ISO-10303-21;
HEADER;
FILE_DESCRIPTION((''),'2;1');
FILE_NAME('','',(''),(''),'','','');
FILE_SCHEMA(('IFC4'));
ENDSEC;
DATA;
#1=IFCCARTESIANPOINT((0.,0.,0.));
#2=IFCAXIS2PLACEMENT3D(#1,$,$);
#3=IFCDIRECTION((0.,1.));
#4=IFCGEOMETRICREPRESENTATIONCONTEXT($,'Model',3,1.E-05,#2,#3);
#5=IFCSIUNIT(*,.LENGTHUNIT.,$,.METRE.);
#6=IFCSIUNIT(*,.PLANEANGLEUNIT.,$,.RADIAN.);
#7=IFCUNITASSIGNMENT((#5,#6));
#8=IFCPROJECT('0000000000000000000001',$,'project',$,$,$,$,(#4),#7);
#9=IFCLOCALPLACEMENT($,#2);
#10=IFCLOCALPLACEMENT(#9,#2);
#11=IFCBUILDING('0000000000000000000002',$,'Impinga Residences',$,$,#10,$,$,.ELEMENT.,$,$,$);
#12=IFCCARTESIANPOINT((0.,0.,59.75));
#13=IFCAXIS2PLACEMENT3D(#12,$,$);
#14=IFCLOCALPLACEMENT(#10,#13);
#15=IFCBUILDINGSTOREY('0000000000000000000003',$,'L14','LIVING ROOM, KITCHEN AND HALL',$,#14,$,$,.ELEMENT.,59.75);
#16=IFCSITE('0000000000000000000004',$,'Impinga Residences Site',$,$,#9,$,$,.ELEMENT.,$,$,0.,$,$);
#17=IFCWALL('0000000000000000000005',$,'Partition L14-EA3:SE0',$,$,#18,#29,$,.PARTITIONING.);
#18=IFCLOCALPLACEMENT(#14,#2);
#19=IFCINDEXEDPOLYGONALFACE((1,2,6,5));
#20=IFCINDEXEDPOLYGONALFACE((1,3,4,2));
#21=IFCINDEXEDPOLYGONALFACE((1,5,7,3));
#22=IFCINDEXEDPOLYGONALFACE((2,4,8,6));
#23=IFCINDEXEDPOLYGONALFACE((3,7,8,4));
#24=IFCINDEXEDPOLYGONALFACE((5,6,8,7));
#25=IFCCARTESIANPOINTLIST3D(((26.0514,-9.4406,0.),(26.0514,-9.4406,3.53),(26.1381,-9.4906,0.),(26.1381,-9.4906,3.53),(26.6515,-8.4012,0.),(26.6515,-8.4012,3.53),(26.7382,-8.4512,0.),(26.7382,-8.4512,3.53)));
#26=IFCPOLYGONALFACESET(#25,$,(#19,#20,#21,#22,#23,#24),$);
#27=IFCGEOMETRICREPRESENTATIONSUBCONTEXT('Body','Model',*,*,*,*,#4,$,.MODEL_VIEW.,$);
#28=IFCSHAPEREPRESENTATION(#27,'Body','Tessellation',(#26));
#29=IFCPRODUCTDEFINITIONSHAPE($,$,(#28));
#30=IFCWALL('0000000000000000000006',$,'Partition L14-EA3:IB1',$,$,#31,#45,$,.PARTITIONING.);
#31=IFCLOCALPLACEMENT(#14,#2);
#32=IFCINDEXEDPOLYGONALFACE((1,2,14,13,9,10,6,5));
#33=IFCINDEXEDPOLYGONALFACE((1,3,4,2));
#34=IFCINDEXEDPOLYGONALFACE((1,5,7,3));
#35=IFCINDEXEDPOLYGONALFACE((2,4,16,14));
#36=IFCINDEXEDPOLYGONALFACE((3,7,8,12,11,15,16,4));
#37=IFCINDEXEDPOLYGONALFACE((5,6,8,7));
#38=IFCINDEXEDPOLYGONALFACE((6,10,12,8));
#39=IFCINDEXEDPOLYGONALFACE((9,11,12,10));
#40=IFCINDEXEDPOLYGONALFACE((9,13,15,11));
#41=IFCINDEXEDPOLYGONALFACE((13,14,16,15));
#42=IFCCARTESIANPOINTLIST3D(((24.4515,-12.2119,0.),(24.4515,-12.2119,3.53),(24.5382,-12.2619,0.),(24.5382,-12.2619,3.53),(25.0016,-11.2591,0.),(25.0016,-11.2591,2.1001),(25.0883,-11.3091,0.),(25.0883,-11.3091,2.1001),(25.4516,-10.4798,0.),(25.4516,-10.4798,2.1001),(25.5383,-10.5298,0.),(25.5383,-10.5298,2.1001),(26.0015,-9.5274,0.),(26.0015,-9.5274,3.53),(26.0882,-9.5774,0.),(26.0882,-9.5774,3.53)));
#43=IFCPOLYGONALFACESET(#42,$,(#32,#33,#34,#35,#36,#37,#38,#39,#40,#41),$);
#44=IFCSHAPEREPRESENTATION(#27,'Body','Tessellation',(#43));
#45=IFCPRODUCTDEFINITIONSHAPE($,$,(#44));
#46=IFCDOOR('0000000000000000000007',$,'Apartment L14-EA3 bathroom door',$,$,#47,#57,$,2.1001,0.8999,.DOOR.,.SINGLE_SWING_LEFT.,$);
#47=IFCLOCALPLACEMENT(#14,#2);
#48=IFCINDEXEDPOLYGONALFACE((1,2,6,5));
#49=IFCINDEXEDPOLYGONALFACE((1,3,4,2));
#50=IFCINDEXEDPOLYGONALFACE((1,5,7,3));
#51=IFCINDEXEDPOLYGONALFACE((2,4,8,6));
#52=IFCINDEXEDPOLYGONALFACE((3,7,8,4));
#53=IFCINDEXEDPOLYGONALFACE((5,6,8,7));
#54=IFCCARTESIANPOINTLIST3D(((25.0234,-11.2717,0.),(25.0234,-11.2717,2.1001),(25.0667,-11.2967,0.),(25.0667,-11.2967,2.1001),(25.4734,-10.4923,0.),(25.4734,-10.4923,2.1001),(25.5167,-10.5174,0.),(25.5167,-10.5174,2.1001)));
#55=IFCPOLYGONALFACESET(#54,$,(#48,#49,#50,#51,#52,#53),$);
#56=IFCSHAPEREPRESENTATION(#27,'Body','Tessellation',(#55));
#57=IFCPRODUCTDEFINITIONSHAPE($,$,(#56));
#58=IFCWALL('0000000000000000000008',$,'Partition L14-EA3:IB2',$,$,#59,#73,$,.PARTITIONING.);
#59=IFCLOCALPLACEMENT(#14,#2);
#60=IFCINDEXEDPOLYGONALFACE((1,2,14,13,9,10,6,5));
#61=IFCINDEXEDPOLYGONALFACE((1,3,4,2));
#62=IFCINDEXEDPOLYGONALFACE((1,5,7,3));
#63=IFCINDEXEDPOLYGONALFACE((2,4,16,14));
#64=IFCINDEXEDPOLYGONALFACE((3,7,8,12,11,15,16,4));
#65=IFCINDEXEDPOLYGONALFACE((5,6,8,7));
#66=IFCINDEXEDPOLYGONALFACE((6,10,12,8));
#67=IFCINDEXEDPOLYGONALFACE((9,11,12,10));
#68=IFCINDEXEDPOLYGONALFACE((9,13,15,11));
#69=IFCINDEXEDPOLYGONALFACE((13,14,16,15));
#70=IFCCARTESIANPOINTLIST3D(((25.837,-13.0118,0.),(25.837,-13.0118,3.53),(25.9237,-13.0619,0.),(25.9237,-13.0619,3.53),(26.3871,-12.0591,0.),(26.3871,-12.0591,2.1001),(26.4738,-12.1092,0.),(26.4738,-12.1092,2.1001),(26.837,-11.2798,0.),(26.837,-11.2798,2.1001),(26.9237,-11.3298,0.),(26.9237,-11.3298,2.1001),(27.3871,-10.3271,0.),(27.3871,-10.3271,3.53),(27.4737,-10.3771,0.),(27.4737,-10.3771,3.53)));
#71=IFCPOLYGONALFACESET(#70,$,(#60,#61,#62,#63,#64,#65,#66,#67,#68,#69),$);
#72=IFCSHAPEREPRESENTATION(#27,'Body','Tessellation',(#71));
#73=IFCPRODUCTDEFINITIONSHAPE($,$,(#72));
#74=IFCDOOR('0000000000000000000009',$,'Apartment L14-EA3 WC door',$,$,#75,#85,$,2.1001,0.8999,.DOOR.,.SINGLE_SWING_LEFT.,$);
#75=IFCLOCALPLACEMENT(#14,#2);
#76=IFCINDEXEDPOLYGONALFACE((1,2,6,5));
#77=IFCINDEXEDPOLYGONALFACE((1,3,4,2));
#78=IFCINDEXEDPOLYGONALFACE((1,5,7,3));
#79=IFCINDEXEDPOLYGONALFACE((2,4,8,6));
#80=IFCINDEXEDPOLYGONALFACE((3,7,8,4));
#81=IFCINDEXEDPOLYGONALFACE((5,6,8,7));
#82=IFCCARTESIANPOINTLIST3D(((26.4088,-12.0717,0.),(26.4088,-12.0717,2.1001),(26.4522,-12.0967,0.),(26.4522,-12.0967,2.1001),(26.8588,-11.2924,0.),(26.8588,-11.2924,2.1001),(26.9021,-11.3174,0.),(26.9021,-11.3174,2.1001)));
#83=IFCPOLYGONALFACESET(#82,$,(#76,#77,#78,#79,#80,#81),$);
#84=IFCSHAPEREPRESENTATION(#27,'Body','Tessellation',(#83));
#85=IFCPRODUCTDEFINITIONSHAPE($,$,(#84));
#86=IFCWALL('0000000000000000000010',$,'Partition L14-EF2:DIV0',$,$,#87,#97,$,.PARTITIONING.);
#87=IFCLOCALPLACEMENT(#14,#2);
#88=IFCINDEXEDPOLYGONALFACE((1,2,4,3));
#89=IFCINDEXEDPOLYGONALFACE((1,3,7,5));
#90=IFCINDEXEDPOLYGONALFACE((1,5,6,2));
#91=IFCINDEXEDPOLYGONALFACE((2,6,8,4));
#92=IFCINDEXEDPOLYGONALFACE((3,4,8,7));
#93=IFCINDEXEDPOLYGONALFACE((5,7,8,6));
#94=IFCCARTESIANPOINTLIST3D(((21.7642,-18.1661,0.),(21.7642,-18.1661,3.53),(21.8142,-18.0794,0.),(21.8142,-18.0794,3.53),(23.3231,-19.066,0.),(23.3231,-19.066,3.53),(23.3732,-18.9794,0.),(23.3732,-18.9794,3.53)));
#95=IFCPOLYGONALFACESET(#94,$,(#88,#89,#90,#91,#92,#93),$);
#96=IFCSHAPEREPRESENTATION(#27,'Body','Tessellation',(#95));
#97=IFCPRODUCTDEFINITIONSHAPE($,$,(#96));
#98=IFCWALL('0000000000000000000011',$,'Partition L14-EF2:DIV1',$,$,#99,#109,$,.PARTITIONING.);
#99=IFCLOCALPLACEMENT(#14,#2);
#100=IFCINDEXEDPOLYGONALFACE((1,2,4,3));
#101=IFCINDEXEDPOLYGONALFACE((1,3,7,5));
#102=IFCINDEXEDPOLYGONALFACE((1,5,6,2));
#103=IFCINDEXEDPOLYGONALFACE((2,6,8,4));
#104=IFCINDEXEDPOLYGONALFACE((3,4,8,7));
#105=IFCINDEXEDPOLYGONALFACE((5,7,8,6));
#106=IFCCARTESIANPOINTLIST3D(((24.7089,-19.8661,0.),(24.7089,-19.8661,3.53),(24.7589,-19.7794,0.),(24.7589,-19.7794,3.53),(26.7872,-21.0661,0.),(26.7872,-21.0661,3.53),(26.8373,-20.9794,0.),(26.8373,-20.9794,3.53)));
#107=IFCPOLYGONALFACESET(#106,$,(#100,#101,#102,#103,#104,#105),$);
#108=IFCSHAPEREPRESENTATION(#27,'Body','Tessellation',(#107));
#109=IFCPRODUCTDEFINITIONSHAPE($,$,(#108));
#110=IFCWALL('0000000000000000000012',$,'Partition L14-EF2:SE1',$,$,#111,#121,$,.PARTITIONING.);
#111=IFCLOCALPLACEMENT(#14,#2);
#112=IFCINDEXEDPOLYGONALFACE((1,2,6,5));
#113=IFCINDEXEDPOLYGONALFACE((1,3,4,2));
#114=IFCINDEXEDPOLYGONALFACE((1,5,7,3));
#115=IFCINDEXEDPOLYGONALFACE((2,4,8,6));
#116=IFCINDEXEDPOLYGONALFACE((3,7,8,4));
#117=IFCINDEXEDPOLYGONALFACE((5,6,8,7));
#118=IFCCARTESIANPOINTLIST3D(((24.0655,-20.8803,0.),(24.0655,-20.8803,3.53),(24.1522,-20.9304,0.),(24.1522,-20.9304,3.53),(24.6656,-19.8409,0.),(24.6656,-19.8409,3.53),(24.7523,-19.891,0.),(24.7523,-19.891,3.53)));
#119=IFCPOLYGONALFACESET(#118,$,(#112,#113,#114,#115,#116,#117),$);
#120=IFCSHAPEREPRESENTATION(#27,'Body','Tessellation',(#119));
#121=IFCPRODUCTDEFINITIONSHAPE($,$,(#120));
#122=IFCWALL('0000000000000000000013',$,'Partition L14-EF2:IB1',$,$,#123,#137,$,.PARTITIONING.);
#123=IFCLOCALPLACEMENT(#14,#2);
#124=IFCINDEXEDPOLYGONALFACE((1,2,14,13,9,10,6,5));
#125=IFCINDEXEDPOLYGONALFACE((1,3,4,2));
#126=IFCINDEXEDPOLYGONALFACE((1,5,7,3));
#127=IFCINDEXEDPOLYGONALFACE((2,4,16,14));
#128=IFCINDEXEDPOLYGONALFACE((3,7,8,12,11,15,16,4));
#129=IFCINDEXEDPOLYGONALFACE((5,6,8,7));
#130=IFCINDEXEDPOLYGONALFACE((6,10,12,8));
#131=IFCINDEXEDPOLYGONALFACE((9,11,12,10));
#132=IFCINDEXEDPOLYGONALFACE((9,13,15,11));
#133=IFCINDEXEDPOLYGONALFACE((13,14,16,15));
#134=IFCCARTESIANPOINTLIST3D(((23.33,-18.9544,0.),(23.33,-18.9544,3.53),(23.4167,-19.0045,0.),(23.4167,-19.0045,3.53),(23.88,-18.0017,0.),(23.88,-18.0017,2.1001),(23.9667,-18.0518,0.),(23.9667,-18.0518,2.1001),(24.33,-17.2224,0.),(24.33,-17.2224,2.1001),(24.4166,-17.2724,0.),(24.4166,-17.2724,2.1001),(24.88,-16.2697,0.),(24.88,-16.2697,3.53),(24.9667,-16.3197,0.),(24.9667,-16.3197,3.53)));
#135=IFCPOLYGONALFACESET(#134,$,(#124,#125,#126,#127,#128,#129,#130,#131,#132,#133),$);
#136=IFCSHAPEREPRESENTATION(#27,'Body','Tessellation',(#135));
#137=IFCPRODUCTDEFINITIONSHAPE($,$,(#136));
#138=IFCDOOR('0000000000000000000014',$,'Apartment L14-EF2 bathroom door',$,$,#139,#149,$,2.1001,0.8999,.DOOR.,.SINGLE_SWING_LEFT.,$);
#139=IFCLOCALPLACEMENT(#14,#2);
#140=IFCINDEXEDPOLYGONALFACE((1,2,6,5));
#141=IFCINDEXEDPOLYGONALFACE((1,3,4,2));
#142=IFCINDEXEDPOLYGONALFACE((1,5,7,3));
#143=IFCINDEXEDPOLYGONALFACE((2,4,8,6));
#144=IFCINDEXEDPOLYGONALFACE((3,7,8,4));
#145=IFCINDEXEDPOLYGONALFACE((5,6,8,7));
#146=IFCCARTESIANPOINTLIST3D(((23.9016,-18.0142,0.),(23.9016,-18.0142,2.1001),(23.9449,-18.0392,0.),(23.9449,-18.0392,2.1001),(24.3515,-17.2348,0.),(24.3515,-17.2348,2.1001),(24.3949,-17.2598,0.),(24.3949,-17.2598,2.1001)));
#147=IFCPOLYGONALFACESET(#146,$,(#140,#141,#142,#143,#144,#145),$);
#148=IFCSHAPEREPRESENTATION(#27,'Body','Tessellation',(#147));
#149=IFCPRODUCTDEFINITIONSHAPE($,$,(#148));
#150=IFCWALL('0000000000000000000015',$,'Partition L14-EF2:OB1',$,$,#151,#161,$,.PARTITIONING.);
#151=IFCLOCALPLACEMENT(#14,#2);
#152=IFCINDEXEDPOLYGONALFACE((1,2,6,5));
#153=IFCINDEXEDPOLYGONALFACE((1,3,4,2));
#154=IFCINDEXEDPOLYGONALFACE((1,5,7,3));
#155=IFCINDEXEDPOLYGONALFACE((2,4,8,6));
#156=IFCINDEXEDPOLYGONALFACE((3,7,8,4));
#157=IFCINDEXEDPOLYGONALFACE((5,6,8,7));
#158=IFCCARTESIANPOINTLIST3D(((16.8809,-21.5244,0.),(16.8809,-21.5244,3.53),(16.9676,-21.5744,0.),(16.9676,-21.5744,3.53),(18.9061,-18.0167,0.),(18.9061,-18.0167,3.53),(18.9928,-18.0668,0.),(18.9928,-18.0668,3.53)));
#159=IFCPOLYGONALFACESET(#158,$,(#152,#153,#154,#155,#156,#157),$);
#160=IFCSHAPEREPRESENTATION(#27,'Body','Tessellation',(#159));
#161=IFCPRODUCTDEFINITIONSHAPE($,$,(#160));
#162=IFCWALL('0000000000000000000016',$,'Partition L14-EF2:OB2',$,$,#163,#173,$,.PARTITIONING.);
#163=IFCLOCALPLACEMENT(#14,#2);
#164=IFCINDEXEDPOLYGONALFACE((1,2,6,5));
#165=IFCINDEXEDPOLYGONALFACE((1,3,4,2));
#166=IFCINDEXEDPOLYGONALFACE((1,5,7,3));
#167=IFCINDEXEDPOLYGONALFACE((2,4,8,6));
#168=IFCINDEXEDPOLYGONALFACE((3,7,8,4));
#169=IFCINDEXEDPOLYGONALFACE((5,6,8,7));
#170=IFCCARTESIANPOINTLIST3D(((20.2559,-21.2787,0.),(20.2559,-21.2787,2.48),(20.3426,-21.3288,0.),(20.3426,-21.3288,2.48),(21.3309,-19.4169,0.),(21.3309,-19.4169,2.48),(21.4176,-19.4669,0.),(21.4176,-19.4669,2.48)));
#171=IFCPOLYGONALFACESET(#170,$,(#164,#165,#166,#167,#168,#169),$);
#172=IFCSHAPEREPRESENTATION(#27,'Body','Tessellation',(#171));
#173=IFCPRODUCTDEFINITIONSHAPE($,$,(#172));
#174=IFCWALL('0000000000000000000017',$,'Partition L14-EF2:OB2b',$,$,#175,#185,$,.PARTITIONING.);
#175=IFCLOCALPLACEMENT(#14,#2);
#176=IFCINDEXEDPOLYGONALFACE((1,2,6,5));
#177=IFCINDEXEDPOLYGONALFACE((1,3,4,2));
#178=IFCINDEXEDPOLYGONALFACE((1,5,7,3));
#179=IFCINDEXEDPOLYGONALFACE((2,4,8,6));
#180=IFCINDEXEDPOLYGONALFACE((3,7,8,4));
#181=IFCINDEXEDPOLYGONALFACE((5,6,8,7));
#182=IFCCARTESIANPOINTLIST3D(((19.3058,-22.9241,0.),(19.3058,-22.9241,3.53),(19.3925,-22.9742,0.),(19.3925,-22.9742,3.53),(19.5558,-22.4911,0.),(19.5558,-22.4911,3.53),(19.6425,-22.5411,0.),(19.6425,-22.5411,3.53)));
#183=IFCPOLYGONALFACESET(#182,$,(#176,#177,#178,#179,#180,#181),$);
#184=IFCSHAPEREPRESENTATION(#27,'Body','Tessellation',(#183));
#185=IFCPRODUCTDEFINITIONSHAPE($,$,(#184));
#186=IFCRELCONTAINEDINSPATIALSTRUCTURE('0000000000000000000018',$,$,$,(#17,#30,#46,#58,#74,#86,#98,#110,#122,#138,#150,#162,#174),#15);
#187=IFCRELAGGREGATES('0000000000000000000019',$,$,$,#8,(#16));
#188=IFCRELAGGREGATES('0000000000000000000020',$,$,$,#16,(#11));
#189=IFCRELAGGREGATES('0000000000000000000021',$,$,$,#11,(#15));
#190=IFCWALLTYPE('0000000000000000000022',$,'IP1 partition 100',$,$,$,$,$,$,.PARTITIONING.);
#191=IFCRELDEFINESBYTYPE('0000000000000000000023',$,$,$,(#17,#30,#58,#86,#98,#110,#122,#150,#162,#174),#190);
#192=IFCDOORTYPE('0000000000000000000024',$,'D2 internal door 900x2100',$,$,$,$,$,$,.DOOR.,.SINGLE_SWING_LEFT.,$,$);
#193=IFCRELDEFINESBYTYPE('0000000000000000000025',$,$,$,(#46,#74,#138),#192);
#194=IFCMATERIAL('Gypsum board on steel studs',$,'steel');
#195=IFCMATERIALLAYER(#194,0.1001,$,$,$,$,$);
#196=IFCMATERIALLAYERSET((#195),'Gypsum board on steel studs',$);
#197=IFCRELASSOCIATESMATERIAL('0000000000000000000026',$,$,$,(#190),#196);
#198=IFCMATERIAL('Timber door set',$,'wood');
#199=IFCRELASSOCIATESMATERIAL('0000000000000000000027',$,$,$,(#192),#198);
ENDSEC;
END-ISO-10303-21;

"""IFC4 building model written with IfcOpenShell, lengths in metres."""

from ifc_helpers import new_model, si_unit, direction, frame, frame_2d, origin, place, context, subcontext, project, spatial, rectangle, extrude, material, layer, layer_set, type_object, element, fill, save


model = new_model("IFC4")

# Units and contexts
model_context = context("Model", 3, precision=1e-05, world=origin(), true_north=direction((0.0, 1.0)))
body_context = subcontext(model_context, "Body", "Model", "MODEL_VIEW")
ifc_project = project(units=[si_unit("LENGTHUNIT", "METRE"), si_unit("PLANEANGLEUNIT", "RADIAN")], contexts=[model_context])

# Site, building, storey
site_placement = place(None, origin())
site = spatial("IfcSite", under=ifc_project, at=site_placement, Name="Impinga Residences Site", CompositionType="ELEMENT", RefElevation=0.0)
building_placement = place(site_placement, origin())
building = spatial("IfcBuilding", under=site, at=building_placement, Name="Impinga Residences", CompositionType="ELEMENT")
storey_placement = place(building_placement, frame((0.0, 0.0, 59.75)))
storey = spatial("IfcBuildingStorey", under=building, at=storey_placement, Name="L14", Description="LIVING ROOM, KITCHEN AND HALL", CompositionType="ELEMENT", Elevation=59.75)

# Shared definitions
ifc_material_1 = material(Name="Gypsum board on steel studs", Category="steel")
ifc_layer_1 = layer(ifc_material_1, 0.1001)
ifc_layer_set_1 = layer_set([ifc_layer_1], Name="Gypsum board on steel studs")
wall_type_1 = type_object("IfcWallType", Name="IP1 partition 100", PredefinedType="PARTITIONING", material=ifc_layer_set_1)

# Shared definitions
ifc_material_2 = material(Name="Timber door set", Category="wood")
door_type = type_object("IfcDoorType", Name="D2 internal door 900x2100", OperationType="SINGLE_SWING_LEFT", PredefinedType="DOOR", material=ifc_material_2)

# Wall
wall_1_placement = place(storey_placement, frame((26.0947, -9.4656, 0.0), z_axis=(0.0, 0.0, 1.0), x_axis=(0.500034, 0.866006, 0.0)))
element("IfcWall", 1, at=wall_1_placement, inside=storey, type_object=wall_type_1, Name="Partition L14-EA3:SE0", PredefinedType="PARTITIONING", context=body_context, shape_type="SweptSolid", body=[
    extrude(rectangle(XDim=1.2002, YDim=0.1001, at=frame_2d((0.6001, 0.0))), origin(), (0.0, 0.0, 1.0), 3.53),
])

# Walls, openings, doors
wall_2_placement = place(storey_placement, frame((24.4949, -12.2368, 0.0), z_axis=(0.0, 0.0, 1.0), x_axis=(0.500027, 0.86601, 0.0)))
wall_2 = element("IfcWall", 2, at=wall_2_placement, inside=storey, type_object=wall_type_1, Name="Partition L14-EA3:IB1", PredefinedType="PARTITIONING", context=body_context, shape_type="SweptSolid", body=[
    extrude(rectangle(XDim=3.0999, YDim=0.1001, at=frame_2d((1.5498, 0.0))), origin(), (0.0, 0.0, 1.0), 3.53),
])
opening_1_placement = place(wall_2_placement, frame((1.1001, 0.0, 0.0)))
opening_1 = element("IfcOpeningElement", 3, at=opening_1_placement, cuts=wall_2, PredefinedType="OPENING", context=body_context, shape_type="SweptSolid", body=[
    extrude(rectangle(XDim=0.8999, YDim=2.1001, at=frame_2d((0.45, 1.05))), frame((0.0, 0.0601, 0.0), z_axis=(0.0, -1.0, 0.0), x_axis=(1.0, 0.0, 0.0)), (0.0, 0.0, 1.0), 0.1201),
])
door_1_placement = place(opening_1_placement, origin())
door_1 = element("IfcDoor", 4, at=door_1_placement, inside=storey, type_object=door_type, Name="Apartment L14-EA3 bathroom door", OperationType="SINGLE_SWING_LEFT", OverallHeight=2.1001, OverallWidth=0.8999, PredefinedType="DOOR", context=body_context, shape_type="SweptSolid", body=[
    extrude(rectangle(XDim=0.8999, YDim=2.1001, at=frame_2d((0.45, 1.05))), frame((0.0, 0.0249, 0.0), z_axis=(0.0, -1.0, 0.0), x_axis=(1.0, 0.0, 0.0)), (0.0, 0.0, 1.0), 0.05),
])
fill(opening_1, door_1)
wall_3_placement = place(storey_placement, frame((25.8804, -13.0369, 0.0), z_axis=(0.0, 0.0, 1.0), x_axis=(0.499993, 0.86603, 0.0)))
wall_3 = element("IfcWall", 5, at=wall_3_placement, inside=storey, type_object=wall_type_1, Name="Partition L14-EA3:IB2", PredefinedType="PARTITIONING", context=body_context, shape_type="SweptSolid", body=[
    extrude(rectangle(XDim=3.1001, YDim=0.1001, at=frame_2d((1.55, 0.0))), origin(), (0.0, 0.0, 1.0), 3.53),
])
opening_2_placement = place(wall_3_placement, frame((1.1001, 0.0, 0.0)))
opening_2 = element("IfcOpeningElement", 6, at=opening_2_placement, cuts=wall_3, PredefinedType="OPENING", context=body_context, shape_type="SweptSolid", body=[
    extrude(rectangle(XDim=0.8999, YDim=2.1001, at=frame_2d((0.45, 1.05))), frame((0.0, 0.0601, 0.0), z_axis=(0.0, -1.0, 0.0), x_axis=(1.0, 0.0, 0.0)), (0.0, 0.0, 1.0), 0.1201),
])
door_2_placement = place(opening_2_placement, origin())
door_2 = element("IfcDoor", 7, at=door_2_placement, inside=storey, type_object=door_type, Name="Apartment L14-EA3 WC door", OperationType="SINGLE_SWING_LEFT", OverallHeight=2.1001, OverallWidth=0.8999, PredefinedType="DOOR", context=body_context, shape_type="SweptSolid", body=[
    extrude(rectangle(XDim=0.8999, YDim=2.1001, at=frame_2d((0.45, 1.05))), frame((0.0, 0.0249, 0.0), z_axis=(0.0, -1.0, 0.0), x_axis=(1.0, 0.0, 0.0)), (0.0, 0.0, 1.0), 0.05),
])
fill(opening_2, door_2)

# Walls
wall_4_placement = place(storey_placement, frame((21.7893, -18.1228, 0.0), z_axis=(0.0, 0.0, 1.0), x_axis=(0.866048, -0.499961, 0.0)))
element("IfcWall", 8, at=wall_4_placement, inside=storey, type_object=wall_type_1, Name="Partition L14-EF2:DIV0", PredefinedType="PARTITIONING", context=body_context, shape_type="SweptSolid", body=[
    extrude(rectangle(XDim=1.8, YDim=0.1001, at=frame_2d((0.8999, 0.0))), origin(), (0.0, 0.0, 1.0), 3.53),
])
wall_5_placement = place(storey_placement, frame((24.7339, -19.8228, 0.0), z_axis=(0.0, 0.0, 1.0), x_axis=(0.866025, -0.500001, 0.0)))
element("IfcWall", 9, at=wall_5_placement, inside=storey, type_object=wall_type_1, Name="Partition L14-EF2:DIV1", PredefinedType="PARTITIONING", context=body_context, shape_type="SweptSolid", body=[
    extrude(rectangle(XDim=2.3999, YDim=0.1001, at=frame_2d((1.2, 0.0))), origin(), (0.0, 0.0, 1.0), 3.53),
])
wall_6_placement = place(storey_placement, frame((24.709, -19.866, 0.0), z_axis=(0.0, 0.0, 1.0), x_axis=(-0.500034, -0.866006, 0.0)))
element("IfcWall", 10, at=wall_6_placement, inside=storey, type_object=wall_type_1, Name="Partition L14-EF2:SE1", PredefinedType="PARTITIONING", context=body_context, shape_type="SweptSolid", body=[
    extrude(rectangle(XDim=1.2002, YDim=0.1001, at=frame_2d((0.6001, 0.0))), origin(), (0.0, 0.0, 1.0), 3.53),
])

# Wall, opening, door
wall_7_placement = place(storey_placement, frame((24.9233, -16.2947, 0.0), z_axis=(0.0, 0.0, 1.0), x_axis=(-0.499993, -0.86603, 0.0)))
wall_7 = element("IfcWall", 11, at=wall_7_placement, inside=storey, type_object=wall_type_1, Name="Partition L14-EF2:IB1", PredefinedType="PARTITIONING", context=body_context, shape_type="SweptSolid", body=[
    extrude(rectangle(XDim=3.1001, YDim=0.1001, at=frame_2d((1.55, 0.0))), origin(), (0.0, 0.0, 1.0), 3.53),
])
opening_3_placement = place(wall_7_placement, frame((1.1001, 0.0, 0.0)))
opening_3 = element("IfcOpeningElement", 12, at=opening_3_placement, cuts=wall_7, PredefinedType="OPENING", context=body_context, shape_type="SweptSolid", body=[
    extrude(rectangle(XDim=0.8999, YDim=2.1001, at=frame_2d((0.45, 1.05))), frame((0.0, 0.0601, 0.0), z_axis=(0.0, -1.0, 0.0), x_axis=(1.0, 0.0, 0.0)), (0.0, 0.0, 1.0), 0.1201),
])
door_3_placement = place(opening_3_placement, origin())
door_3 = element("IfcDoor", 13, at=door_3_placement, inside=storey, type_object=door_type, Name="Apartment L14-EF2 bathroom door", OperationType="SINGLE_SWING_LEFT", OverallHeight=2.1001, OverallWidth=0.8999, PredefinedType="DOOR", context=body_context, shape_type="SweptSolid", body=[
    extrude(rectangle(XDim=0.8999, YDim=2.1001, at=frame_2d((0.45, 1.05))), frame((0.0, 0.0249, 0.0), z_axis=(0.0, -1.0, 0.0), x_axis=(1.0, 0.0, 0.0)), (0.0, 0.0, 1.0), 0.05),
])
fill(opening_3, door_3)

# Walls
wall_8_placement = place(storey_placement, frame((18.9495, -18.0417, 0.0), z_axis=(0.0, 0.0, 1.0), x_axis=(-0.500009, -0.86602, 0.0)))
element("IfcWall", 14, at=wall_8_placement, inside=storey, type_object=wall_type_1, Name="Partition L14-EF2:OB1", PredefinedType="PARTITIONING", context=body_context, shape_type="SweptSolid", body=[
    extrude(rectangle(XDim=4.0503, YDim=0.1001, at=frame_2d((2.0251, 0.0))), origin(), (0.0, 0.0, 1.0), 3.53),
])
wall_9_placement = place(storey_placement, frame((21.3743, -19.4419, 0.0), z_axis=(0.0, 0.0, 1.0), x_axis=(-0.500011, -0.866019, 0.0)))
element("IfcWall", 15, at=wall_9_placement, inside=storey, type_object=wall_type_1, Name="Partition L14-EF2:OB2", PredefinedType="PARTITIONING", context=body_context, shape_type="SweptSolid", body=[
    extrude(rectangle(XDim=2.1499, YDim=0.1001, at=frame_2d((1.075, 0.0))), origin(), (0.0, 0.0, 1.0), 2.48),
])
wall_10_placement = place(storey_placement, frame((19.5991, -22.5161, 0.0), z_axis=(0.0, 0.0, 1.0), x_axis=(-0.49992, -0.866072, 0.0)))
element("IfcWall", 16, at=wall_10_placement, inside=storey, type_object=wall_type_1, Name="Partition L14-EF2:OB2b", PredefinedType="PARTITIONING", context=body_context, shape_type="SweptSolid", body=[
    extrude(rectangle(XDim=0.5, YDim=0.1001, at=frame_2d((0.25, 0.0))), origin(), (0.0, 0.0, 1.0), 3.53),
])

save(model, "model.ifc")
